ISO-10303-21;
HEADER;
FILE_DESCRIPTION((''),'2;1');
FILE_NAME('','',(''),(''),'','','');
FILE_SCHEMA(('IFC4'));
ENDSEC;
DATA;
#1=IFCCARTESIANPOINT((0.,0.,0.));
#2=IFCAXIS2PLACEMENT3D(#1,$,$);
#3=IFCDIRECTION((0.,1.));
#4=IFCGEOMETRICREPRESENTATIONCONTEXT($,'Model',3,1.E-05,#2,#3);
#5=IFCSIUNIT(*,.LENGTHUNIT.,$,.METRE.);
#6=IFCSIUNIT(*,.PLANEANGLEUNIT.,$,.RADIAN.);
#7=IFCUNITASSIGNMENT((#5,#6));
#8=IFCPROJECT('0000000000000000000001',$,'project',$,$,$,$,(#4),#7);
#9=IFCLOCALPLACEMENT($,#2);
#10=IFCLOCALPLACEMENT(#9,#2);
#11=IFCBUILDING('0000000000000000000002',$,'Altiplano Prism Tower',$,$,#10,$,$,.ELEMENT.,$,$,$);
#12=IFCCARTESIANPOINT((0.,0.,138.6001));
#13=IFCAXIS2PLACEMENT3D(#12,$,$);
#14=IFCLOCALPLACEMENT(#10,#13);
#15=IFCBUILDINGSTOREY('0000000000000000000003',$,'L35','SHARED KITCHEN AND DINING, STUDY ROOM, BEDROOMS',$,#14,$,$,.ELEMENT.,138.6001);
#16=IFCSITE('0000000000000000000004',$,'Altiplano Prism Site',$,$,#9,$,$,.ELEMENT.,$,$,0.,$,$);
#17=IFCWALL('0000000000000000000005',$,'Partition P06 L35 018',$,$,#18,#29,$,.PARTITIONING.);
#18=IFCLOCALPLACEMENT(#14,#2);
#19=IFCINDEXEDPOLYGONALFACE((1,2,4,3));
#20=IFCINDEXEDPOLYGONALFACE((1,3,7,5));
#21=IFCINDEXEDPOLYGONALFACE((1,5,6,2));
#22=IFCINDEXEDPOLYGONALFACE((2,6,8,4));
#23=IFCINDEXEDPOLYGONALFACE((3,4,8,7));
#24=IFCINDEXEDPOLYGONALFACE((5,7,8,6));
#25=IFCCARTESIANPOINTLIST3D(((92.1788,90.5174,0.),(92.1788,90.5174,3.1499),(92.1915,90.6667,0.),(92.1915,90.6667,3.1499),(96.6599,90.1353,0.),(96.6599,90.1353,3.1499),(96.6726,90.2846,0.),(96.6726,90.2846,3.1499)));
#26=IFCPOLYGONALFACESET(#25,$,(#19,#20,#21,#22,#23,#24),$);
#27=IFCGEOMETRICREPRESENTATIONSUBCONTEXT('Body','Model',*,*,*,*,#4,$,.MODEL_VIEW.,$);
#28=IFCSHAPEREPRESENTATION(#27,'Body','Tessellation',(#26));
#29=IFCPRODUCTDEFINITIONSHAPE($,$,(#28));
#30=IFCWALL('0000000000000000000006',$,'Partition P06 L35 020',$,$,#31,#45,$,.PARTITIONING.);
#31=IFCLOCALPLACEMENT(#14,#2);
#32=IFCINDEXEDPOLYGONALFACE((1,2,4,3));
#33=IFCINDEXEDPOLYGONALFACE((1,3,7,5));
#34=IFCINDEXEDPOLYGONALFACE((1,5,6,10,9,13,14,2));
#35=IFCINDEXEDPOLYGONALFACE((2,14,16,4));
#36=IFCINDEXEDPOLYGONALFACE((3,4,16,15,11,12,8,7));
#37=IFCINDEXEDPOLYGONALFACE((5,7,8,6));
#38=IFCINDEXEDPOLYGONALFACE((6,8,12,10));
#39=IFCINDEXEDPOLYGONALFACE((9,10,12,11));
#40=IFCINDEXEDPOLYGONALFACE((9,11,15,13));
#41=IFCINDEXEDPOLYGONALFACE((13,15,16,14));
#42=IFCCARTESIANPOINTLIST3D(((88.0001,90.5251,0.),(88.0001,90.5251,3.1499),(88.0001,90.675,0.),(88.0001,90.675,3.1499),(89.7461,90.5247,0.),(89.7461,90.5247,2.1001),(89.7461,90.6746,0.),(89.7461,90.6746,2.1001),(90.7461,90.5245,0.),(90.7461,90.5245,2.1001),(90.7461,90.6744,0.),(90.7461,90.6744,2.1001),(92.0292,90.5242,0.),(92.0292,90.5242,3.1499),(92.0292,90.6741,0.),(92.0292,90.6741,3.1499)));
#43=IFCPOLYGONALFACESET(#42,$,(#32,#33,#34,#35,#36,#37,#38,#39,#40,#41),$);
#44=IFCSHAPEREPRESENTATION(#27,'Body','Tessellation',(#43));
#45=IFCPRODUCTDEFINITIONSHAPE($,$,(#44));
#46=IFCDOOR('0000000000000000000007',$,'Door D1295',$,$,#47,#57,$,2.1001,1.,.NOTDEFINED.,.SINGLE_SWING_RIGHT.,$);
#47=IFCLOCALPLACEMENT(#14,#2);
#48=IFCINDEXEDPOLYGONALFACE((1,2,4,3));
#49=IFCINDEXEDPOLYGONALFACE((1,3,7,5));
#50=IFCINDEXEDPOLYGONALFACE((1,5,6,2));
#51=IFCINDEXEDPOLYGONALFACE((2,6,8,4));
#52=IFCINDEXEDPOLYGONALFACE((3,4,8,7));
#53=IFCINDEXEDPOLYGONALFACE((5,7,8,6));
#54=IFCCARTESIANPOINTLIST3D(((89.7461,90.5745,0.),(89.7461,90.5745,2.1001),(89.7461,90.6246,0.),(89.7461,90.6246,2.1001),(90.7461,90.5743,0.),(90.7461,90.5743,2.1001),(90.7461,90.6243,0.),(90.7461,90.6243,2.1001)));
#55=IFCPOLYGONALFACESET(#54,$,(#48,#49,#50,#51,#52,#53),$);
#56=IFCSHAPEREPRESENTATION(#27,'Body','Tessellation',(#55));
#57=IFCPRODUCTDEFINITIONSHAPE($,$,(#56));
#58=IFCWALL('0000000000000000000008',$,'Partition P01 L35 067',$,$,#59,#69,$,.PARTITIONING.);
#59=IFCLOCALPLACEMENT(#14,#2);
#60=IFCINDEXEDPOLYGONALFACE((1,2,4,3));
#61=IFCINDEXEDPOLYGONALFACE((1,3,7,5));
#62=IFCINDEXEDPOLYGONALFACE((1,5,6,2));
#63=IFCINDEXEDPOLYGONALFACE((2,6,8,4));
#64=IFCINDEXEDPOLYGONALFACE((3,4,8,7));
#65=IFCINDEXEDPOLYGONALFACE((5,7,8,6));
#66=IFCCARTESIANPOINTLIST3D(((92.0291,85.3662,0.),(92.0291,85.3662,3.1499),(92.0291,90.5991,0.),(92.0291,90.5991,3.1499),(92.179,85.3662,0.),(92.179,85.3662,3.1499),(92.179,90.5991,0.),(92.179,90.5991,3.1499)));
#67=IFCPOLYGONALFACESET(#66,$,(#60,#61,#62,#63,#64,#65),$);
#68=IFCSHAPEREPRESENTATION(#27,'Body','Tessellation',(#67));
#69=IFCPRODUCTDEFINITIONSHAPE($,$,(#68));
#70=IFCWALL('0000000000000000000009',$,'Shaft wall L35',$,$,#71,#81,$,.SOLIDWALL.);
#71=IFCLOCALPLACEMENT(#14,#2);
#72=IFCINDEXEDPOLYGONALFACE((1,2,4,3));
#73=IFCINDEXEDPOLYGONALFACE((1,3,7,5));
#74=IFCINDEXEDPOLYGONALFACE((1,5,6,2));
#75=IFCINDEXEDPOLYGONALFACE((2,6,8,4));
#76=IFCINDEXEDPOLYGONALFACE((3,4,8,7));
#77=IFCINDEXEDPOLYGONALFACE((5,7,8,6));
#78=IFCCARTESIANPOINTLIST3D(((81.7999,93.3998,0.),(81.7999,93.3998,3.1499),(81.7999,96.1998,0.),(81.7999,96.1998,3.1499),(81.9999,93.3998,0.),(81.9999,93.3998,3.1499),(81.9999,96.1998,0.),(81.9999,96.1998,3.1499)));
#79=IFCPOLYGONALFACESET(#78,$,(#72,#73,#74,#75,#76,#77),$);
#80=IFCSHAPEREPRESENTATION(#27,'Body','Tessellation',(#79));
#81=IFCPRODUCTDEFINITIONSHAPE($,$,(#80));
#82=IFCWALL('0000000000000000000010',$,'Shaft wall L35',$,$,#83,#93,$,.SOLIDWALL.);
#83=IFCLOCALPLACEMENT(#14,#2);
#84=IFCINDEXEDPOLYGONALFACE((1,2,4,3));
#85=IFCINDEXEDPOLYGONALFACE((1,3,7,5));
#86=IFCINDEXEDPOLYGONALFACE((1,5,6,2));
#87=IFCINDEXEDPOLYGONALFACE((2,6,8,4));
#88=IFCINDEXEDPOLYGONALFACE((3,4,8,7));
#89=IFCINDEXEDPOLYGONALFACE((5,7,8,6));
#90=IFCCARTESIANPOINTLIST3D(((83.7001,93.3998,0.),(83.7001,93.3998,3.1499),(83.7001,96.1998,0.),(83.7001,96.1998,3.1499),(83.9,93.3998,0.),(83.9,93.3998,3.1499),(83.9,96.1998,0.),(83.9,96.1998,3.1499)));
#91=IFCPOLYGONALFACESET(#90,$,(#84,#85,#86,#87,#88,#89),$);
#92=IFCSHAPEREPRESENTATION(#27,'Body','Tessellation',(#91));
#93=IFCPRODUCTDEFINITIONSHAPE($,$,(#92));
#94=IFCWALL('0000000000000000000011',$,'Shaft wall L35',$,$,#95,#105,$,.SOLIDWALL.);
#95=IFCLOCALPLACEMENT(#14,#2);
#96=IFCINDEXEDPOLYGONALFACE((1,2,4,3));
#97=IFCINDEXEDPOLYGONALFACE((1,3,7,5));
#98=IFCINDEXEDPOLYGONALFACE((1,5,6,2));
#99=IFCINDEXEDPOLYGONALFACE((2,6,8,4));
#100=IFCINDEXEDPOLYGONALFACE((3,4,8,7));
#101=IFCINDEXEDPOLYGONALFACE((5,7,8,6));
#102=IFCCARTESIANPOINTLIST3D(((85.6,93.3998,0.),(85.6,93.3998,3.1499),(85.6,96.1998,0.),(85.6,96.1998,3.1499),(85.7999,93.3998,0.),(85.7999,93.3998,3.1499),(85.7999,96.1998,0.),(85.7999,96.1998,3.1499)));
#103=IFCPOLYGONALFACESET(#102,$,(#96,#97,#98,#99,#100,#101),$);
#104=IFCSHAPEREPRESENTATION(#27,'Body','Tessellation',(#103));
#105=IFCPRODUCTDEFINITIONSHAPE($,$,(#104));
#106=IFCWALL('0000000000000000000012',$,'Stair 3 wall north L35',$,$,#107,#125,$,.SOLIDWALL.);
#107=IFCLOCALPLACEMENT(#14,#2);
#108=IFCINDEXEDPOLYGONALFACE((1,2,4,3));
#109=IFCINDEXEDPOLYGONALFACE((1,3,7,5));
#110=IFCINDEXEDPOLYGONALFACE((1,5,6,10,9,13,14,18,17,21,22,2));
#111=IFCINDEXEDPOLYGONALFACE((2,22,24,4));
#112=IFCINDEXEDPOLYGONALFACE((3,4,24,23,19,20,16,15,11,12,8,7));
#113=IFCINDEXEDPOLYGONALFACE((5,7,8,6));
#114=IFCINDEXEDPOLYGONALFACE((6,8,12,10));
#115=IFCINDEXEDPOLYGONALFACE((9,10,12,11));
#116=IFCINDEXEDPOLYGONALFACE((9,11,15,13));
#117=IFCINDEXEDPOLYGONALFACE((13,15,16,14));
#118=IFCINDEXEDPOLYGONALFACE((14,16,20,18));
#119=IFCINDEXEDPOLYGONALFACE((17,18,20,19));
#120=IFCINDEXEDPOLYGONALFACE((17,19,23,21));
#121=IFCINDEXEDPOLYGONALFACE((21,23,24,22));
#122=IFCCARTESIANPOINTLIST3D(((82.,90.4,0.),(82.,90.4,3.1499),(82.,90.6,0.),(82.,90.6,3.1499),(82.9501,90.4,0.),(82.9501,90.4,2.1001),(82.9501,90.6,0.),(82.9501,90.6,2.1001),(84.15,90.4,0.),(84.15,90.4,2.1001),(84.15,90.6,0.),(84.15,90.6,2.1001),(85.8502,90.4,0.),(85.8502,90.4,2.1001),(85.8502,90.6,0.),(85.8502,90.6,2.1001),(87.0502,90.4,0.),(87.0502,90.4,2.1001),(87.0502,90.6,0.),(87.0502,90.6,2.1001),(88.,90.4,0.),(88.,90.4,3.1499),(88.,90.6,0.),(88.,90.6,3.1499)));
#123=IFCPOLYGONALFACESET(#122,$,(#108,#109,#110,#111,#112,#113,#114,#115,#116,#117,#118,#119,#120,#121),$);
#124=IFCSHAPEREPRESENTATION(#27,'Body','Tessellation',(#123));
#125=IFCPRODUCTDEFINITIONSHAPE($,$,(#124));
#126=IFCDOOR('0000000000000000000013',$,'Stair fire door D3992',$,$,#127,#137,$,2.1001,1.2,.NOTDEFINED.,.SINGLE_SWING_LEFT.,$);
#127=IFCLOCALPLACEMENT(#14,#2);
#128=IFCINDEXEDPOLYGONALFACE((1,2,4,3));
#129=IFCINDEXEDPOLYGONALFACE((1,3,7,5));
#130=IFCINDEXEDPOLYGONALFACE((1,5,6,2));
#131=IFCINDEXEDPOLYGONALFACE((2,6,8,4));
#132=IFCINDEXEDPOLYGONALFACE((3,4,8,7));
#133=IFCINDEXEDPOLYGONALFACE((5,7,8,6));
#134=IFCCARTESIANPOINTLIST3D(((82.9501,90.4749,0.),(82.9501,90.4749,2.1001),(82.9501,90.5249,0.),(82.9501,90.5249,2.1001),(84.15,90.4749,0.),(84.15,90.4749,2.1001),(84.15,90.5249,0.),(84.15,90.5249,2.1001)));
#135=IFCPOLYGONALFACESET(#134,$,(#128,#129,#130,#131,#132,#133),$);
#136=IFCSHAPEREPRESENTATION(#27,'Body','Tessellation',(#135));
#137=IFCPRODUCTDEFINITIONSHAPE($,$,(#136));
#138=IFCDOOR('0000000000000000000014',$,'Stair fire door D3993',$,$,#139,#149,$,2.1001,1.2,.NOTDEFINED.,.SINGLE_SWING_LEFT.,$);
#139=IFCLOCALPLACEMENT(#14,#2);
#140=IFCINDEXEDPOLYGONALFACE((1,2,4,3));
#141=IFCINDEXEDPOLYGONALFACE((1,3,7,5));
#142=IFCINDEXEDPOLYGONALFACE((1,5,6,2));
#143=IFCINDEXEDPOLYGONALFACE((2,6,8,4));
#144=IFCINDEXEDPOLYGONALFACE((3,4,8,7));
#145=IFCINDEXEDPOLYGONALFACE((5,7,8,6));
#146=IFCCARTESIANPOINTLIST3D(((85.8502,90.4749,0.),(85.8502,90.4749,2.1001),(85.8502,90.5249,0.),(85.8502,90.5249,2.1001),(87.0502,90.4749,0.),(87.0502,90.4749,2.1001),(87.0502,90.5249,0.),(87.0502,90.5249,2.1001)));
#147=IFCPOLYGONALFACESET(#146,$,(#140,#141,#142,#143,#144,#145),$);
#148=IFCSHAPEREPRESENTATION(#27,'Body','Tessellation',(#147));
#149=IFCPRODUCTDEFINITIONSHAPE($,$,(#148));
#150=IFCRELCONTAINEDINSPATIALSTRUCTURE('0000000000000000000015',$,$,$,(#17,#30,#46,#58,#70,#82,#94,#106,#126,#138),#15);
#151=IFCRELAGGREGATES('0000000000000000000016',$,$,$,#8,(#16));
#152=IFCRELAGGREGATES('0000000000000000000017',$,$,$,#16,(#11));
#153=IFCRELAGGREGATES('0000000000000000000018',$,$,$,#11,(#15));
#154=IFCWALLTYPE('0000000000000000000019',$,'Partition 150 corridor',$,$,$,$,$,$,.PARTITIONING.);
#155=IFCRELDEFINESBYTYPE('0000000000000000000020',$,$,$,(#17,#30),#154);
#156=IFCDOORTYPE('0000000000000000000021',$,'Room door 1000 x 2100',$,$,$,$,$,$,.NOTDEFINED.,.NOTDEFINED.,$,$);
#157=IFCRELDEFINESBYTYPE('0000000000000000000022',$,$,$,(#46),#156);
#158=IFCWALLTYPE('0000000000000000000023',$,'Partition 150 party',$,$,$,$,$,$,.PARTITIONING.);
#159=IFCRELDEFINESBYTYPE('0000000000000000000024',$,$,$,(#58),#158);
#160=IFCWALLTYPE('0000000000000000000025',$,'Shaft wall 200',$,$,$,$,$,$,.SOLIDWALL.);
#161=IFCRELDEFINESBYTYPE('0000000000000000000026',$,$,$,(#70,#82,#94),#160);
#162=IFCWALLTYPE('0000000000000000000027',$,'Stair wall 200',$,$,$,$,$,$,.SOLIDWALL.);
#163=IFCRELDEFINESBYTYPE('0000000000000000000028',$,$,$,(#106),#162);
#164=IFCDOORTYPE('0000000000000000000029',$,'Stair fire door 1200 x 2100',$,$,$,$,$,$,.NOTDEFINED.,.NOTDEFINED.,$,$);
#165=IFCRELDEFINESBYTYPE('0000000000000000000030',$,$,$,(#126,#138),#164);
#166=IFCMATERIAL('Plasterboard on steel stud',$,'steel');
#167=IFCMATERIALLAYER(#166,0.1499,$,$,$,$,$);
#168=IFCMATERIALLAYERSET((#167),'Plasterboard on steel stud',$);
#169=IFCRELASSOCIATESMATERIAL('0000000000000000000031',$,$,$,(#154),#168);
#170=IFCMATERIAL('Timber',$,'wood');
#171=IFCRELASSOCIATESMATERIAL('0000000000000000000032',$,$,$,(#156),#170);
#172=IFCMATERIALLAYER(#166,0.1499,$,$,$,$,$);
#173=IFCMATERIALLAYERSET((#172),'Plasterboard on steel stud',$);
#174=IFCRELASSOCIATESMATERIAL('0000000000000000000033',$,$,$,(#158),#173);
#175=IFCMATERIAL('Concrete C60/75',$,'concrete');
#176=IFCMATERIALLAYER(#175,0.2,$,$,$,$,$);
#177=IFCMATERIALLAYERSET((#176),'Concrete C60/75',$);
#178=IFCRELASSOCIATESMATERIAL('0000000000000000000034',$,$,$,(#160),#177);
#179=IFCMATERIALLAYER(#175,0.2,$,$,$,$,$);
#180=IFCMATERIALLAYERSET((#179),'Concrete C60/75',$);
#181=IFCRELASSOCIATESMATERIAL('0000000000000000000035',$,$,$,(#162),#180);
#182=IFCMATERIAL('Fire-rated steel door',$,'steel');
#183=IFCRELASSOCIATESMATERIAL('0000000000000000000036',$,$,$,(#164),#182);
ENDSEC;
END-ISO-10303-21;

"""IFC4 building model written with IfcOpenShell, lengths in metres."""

from ifc_helpers import new_model, si_unit, direction, frame, frame_2d, origin, place, context, subcontext, project, spatial, rectangle, extrude, material, layer, layer_set, type_object, element, fill, save


model = new_model("IFC4")

# Units and contexts
model_context = context("Model", 3, precision=1e-05, world=origin(), true_north=direction((0.0, 1.0)))
body_context = subcontext(model_context, "Body", "Model", "MODEL_VIEW")
ifc_project = project(units=[si_unit("LENGTHUNIT", "METRE"), si_unit("PLANEANGLEUNIT", "RADIAN")], contexts=[model_context])

# Site, building, storey
site_placement = place(None, origin())
site = spatial("IfcSite", under=ifc_project, at=site_placement, Name="Altiplano Prism Site", CompositionType="ELEMENT", RefElevation=0.0)
building_placement = place(site_placement, origin())
building = spatial("IfcBuilding", under=site, at=building_placement, Name="Altiplano Prism Tower", CompositionType="ELEMENT")
storey_placement = place(building_placement, frame((0.0, 0.0, 138.6001)))
storey = spatial("IfcBuildingStorey", under=building, at=storey_placement, Name="L35", Description="SHARED KITCHEN AND DINING, STUDY ROOM, BEDROOMS", CompositionType="ELEMENT", Elevation=138.6001)

# Wall
ifc_material_1 = material(Name="Plasterboard on steel stud", Category="steel")
ifc_layer_1 = layer(ifc_material_1, 0.1499)
ifc_layer_set_1 = layer_set([ifc_layer_1], Name="Plasterboard on steel stud")
wall_type_1 = type_object("IfcWallType", Name="Partition 150 corridor", PredefinedType="PARTITIONING", material=ifc_layer_set_1)
wall_1_placement = place(storey_placement, frame((92.1853, 90.592, 0.0), z_axis=(0.0, 0.0, 1.0), x_axis=(0.996384, -0.084959, 0.0)))
element("IfcWall", 1, at=wall_1_placement, inside=storey, type_object=wall_type_1, Name="Partition P06 L35 018", PredefinedType="PARTITIONING", context=body_context, shape_type="SweptSolid", body=[
    extrude(rectangle(XDim=4.4973, YDim=0.1499, at=frame_2d((2.2485, 0.0))), origin(), (0.0, 0.0, 1.0), 3.1499),
])

# Wall, opening, door
wall_2_placement = place(storey_placement, frame((88.0, 90.6001, 0.0), z_axis=(0.0, 0.0, 1.0), x_axis=(1.0, -0.000242, 0.0)))
wall_2 = element("IfcWall", 2, at=wall_2_placement, inside=storey, type_object=wall_type_1, Name="Partition P06 L35 020", PredefinedType="PARTITIONING", context=body_context, shape_type="SweptSolid", body=[
    extrude(rectangle(XDim=4.0291, YDim=0.1499, at=frame_2d((2.0146, 0.0))), origin(), (0.0, 0.0, 1.0), 3.1499),
])
opening_1_placement = place(wall_2_placement, frame((1.7461, 0.0, 0.0)))
opening_1 = element("IfcOpeningElement", 3, at=opening_1_placement, cuts=wall_2, PredefinedType="OPENING", context=body_context, shape_type="SweptSolid", body=[
    extrude(rectangle(XDim=1.0, YDim=2.1001, at=frame_2d((0.5, 1.05))), frame((0.0, 0.0854, 0.0), z_axis=(0.0, -1.0, 0.0), x_axis=(1.0, 0.0, 0.0)), (0.0, 0.0, 1.0), 0.1709),
])
ifc_material_2 = material(Name="Timber", Category="wood")
door_type_1 = type_object("IfcDoorType", Name="Room door 1000 x 2100", OperationType="NOTDEFINED", PredefinedType="NOTDEFINED", material=ifc_material_2)
door_1_placement = place(opening_1_placement, origin())
door_1 = element("IfcDoor", 4, at=door_1_placement, inside=storey, type_object=door_type_1, Name="Door D1295", OperationType="SINGLE_SWING_RIGHT", OverallHeight=2.1001, OverallWidth=1.0, PredefinedType="NOTDEFINED", context=body_context, shape_type="SweptSolid", body=[
    extrude(rectangle(XDim=1.0, YDim=2.1001, at=frame_2d((0.5, 1.05))), frame((0.0, 0.0249, 0.0), z_axis=(0.0, -1.0, 0.0), x_axis=(1.0, 0.0, 0.0)), (0.0, 0.0, 1.0), 0.05),
])
fill(opening_1, door_1)

# Walls
ifc_layer_2 = layer(ifc_material_1, 0.1499)
ifc_layer_set_2 = layer_set([ifc_layer_2], Name="Plasterboard on steel stud")
wall_type_2 = type_object("IfcWallType", Name="Partition 150 party", PredefinedType="PARTITIONING", material=ifc_layer_set_2)
wall_3_placement = place(storey_placement, frame((92.104, 90.5991, 0.0), z_axis=(0.0, 0.0, 1.0), x_axis=(0.0, -1.0, 0.0)))
element("IfcWall", 5, at=wall_3_placement, inside=storey, type_object=wall_type_2, Name="Partition P01 L35 067", PredefinedType="PARTITIONING", context=body_context, shape_type="SweptSolid", body=[
    extrude(rectangle(XDim=5.2329, YDim=0.1499, at=frame_2d((2.6165, 0.0))), origin(), (0.0, 0.0, 1.0), 3.1499),
])
ifc_material_3 = material(Name="Concrete C60/75", Category="concrete")
ifc_layer_3 = layer(ifc_material_3, 0.2)
ifc_layer_set_3 = layer_set([ifc_layer_3], Name="Concrete C60/75")
wall_type_3 = type_object("IfcWallType", Name="Shaft wall 200", PredefinedType="SOLIDWALL", material=ifc_layer_set_3)
for number, where, z_axis, x_axis, name in (
    (6, (81.8999, 93.3999, 0.0), (0.0, 0.0, 1.0), (0.0, 1.0, 0.0), "Shaft wall L35"),
    (7, (83.8, 93.3999, 0.0), (0.0, 0.0, 1.0), (0.0, 1.0, 0.0), "Shaft wall L35"),
    (8, (85.7, 93.3999, 0.0), (0.0, 0.0, 1.0), (0.0, 1.0, 0.0), "Shaft wall L35"),
):
    element("IfcWall", number, at=place(storey_placement, frame(where, z_axis=z_axis, x_axis=x_axis)), inside=storey, type_object=wall_type_3, Name=name, PredefinedType="SOLIDWALL", context=body_context, shape_type="SweptSolid", body=[
        extrude(rectangle(XDim=2.8, YDim=0.2, at=frame_2d((1.3999, 0.0))), origin(), (0.0, 0.0, 1.0), 3.1499),
    ])

# Wall, openings, doors
ifc_layer_4 = layer(ifc_material_3, 0.2)
ifc_layer_set_4 = layer_set([ifc_layer_4], Name="Concrete C60/75")
wall_type_4 = type_object("IfcWallType", Name="Stair wall 200", PredefinedType="SOLIDWALL", material=ifc_layer_set_4)
wall_4_placement = place(storey_placement, frame((82.0, 90.5, 0.0), z_axis=(0.0, 0.0, 1.0), x_axis=(1.0, 0.0, 0.0)))
wall_4 = element("IfcWall", 9, at=wall_4_placement, inside=storey, type_object=wall_type_4, Name="Stair 3 wall north L35", PredefinedType="SOLIDWALL", context=body_context, shape_type="SweptSolid", body=[
    extrude(rectangle(XDim=6.0, YDim=0.2, at=frame_2d((3.0, 0.0))), origin(), (0.0, 0.0, 1.0), 3.1499),
])
opening_2_placement = place(wall_4_placement, frame((0.95, 0.0, 0.0)))
opening_2 = element("IfcOpeningElement", 10, at=opening_2_placement, cuts=wall_4, PredefinedType="OPENING", context=body_context, shape_type="SweptSolid", body=[
    extrude(rectangle(XDim=1.2, YDim=2.1001, at=frame_2d((0.6001, 1.05))), frame((0.0, 0.1104, 0.0), z_axis=(0.0, -1.0, 0.0), x_axis=(1.0, 0.0, 0.0)), (0.0, 0.0, 1.0), 0.2209),
])
opening_3_placement = place(wall_4_placement, frame((3.8501, 0.0, 0.0)))
opening_3 = element("IfcOpeningElement", 11, at=opening_3_placement, cuts=wall_4, PredefinedType="OPENING", context=body_context, shape_type="SweptSolid", body=[
    extrude(rectangle(XDim=1.2, YDim=2.1001, at=frame_2d((0.6001, 1.05))), frame((0.0, 0.1104, 0.0), z_axis=(0.0, -1.0, 0.0), x_axis=(1.0, 0.0, 0.0)), (0.0, 0.0, 1.0), 0.2209),
])
ifc_material_4 = material(Name="Fire-rated steel door", Category="steel")
door_type_2 = type_object("IfcDoorType", Name="Stair fire door 1200 x 2100", OperationType="NOTDEFINED", PredefinedType="NOTDEFINED", material=ifc_material_4)
door_2_placement = place(opening_2_placement, origin())
door_2 = element("IfcDoor", 12, at=door_2_placement, inside=storey, type_object=door_type_2, Name="Stair fire door D3992", OperationType="SINGLE_SWING_LEFT", OverallHeight=2.1001, OverallWidth=1.2, PredefinedType="NOTDEFINED", context=body_context, shape_type="SweptSolid", body=[
    extrude(rectangle(XDim=1.2, YDim=2.1001, at=frame_2d((0.6001, 1.05))), frame((0.0, 0.0249, 0.0), z_axis=(0.0, -1.0, 0.0), x_axis=(1.0, 0.0, 0.0)), (0.0, 0.0, 1.0), 0.05),
])
fill(opening_2, door_2)
door_3_placement = place(opening_3_placement, origin())
door_3 = element("IfcDoor", 13, at=door_3_placement, inside=storey, type_object=door_type_2, Name="Stair fire door D3993", OperationType="SINGLE_SWING_LEFT", OverallHeight=2.1001, OverallWidth=1.2, PredefinedType="NOTDEFINED", context=body_context, shape_type="SweptSolid", body=[
    extrude(rectangle(XDim=1.2, YDim=2.1001, at=frame_2d((0.6001, 1.05))), frame((0.0, 0.0249, 0.0), z_axis=(0.0, -1.0, 0.0), x_axis=(1.0, 0.0, 0.0)), (0.0, 0.0, 1.0), 0.05),
])
fill(opening_3, door_3)

save(model, "model.ifc")
